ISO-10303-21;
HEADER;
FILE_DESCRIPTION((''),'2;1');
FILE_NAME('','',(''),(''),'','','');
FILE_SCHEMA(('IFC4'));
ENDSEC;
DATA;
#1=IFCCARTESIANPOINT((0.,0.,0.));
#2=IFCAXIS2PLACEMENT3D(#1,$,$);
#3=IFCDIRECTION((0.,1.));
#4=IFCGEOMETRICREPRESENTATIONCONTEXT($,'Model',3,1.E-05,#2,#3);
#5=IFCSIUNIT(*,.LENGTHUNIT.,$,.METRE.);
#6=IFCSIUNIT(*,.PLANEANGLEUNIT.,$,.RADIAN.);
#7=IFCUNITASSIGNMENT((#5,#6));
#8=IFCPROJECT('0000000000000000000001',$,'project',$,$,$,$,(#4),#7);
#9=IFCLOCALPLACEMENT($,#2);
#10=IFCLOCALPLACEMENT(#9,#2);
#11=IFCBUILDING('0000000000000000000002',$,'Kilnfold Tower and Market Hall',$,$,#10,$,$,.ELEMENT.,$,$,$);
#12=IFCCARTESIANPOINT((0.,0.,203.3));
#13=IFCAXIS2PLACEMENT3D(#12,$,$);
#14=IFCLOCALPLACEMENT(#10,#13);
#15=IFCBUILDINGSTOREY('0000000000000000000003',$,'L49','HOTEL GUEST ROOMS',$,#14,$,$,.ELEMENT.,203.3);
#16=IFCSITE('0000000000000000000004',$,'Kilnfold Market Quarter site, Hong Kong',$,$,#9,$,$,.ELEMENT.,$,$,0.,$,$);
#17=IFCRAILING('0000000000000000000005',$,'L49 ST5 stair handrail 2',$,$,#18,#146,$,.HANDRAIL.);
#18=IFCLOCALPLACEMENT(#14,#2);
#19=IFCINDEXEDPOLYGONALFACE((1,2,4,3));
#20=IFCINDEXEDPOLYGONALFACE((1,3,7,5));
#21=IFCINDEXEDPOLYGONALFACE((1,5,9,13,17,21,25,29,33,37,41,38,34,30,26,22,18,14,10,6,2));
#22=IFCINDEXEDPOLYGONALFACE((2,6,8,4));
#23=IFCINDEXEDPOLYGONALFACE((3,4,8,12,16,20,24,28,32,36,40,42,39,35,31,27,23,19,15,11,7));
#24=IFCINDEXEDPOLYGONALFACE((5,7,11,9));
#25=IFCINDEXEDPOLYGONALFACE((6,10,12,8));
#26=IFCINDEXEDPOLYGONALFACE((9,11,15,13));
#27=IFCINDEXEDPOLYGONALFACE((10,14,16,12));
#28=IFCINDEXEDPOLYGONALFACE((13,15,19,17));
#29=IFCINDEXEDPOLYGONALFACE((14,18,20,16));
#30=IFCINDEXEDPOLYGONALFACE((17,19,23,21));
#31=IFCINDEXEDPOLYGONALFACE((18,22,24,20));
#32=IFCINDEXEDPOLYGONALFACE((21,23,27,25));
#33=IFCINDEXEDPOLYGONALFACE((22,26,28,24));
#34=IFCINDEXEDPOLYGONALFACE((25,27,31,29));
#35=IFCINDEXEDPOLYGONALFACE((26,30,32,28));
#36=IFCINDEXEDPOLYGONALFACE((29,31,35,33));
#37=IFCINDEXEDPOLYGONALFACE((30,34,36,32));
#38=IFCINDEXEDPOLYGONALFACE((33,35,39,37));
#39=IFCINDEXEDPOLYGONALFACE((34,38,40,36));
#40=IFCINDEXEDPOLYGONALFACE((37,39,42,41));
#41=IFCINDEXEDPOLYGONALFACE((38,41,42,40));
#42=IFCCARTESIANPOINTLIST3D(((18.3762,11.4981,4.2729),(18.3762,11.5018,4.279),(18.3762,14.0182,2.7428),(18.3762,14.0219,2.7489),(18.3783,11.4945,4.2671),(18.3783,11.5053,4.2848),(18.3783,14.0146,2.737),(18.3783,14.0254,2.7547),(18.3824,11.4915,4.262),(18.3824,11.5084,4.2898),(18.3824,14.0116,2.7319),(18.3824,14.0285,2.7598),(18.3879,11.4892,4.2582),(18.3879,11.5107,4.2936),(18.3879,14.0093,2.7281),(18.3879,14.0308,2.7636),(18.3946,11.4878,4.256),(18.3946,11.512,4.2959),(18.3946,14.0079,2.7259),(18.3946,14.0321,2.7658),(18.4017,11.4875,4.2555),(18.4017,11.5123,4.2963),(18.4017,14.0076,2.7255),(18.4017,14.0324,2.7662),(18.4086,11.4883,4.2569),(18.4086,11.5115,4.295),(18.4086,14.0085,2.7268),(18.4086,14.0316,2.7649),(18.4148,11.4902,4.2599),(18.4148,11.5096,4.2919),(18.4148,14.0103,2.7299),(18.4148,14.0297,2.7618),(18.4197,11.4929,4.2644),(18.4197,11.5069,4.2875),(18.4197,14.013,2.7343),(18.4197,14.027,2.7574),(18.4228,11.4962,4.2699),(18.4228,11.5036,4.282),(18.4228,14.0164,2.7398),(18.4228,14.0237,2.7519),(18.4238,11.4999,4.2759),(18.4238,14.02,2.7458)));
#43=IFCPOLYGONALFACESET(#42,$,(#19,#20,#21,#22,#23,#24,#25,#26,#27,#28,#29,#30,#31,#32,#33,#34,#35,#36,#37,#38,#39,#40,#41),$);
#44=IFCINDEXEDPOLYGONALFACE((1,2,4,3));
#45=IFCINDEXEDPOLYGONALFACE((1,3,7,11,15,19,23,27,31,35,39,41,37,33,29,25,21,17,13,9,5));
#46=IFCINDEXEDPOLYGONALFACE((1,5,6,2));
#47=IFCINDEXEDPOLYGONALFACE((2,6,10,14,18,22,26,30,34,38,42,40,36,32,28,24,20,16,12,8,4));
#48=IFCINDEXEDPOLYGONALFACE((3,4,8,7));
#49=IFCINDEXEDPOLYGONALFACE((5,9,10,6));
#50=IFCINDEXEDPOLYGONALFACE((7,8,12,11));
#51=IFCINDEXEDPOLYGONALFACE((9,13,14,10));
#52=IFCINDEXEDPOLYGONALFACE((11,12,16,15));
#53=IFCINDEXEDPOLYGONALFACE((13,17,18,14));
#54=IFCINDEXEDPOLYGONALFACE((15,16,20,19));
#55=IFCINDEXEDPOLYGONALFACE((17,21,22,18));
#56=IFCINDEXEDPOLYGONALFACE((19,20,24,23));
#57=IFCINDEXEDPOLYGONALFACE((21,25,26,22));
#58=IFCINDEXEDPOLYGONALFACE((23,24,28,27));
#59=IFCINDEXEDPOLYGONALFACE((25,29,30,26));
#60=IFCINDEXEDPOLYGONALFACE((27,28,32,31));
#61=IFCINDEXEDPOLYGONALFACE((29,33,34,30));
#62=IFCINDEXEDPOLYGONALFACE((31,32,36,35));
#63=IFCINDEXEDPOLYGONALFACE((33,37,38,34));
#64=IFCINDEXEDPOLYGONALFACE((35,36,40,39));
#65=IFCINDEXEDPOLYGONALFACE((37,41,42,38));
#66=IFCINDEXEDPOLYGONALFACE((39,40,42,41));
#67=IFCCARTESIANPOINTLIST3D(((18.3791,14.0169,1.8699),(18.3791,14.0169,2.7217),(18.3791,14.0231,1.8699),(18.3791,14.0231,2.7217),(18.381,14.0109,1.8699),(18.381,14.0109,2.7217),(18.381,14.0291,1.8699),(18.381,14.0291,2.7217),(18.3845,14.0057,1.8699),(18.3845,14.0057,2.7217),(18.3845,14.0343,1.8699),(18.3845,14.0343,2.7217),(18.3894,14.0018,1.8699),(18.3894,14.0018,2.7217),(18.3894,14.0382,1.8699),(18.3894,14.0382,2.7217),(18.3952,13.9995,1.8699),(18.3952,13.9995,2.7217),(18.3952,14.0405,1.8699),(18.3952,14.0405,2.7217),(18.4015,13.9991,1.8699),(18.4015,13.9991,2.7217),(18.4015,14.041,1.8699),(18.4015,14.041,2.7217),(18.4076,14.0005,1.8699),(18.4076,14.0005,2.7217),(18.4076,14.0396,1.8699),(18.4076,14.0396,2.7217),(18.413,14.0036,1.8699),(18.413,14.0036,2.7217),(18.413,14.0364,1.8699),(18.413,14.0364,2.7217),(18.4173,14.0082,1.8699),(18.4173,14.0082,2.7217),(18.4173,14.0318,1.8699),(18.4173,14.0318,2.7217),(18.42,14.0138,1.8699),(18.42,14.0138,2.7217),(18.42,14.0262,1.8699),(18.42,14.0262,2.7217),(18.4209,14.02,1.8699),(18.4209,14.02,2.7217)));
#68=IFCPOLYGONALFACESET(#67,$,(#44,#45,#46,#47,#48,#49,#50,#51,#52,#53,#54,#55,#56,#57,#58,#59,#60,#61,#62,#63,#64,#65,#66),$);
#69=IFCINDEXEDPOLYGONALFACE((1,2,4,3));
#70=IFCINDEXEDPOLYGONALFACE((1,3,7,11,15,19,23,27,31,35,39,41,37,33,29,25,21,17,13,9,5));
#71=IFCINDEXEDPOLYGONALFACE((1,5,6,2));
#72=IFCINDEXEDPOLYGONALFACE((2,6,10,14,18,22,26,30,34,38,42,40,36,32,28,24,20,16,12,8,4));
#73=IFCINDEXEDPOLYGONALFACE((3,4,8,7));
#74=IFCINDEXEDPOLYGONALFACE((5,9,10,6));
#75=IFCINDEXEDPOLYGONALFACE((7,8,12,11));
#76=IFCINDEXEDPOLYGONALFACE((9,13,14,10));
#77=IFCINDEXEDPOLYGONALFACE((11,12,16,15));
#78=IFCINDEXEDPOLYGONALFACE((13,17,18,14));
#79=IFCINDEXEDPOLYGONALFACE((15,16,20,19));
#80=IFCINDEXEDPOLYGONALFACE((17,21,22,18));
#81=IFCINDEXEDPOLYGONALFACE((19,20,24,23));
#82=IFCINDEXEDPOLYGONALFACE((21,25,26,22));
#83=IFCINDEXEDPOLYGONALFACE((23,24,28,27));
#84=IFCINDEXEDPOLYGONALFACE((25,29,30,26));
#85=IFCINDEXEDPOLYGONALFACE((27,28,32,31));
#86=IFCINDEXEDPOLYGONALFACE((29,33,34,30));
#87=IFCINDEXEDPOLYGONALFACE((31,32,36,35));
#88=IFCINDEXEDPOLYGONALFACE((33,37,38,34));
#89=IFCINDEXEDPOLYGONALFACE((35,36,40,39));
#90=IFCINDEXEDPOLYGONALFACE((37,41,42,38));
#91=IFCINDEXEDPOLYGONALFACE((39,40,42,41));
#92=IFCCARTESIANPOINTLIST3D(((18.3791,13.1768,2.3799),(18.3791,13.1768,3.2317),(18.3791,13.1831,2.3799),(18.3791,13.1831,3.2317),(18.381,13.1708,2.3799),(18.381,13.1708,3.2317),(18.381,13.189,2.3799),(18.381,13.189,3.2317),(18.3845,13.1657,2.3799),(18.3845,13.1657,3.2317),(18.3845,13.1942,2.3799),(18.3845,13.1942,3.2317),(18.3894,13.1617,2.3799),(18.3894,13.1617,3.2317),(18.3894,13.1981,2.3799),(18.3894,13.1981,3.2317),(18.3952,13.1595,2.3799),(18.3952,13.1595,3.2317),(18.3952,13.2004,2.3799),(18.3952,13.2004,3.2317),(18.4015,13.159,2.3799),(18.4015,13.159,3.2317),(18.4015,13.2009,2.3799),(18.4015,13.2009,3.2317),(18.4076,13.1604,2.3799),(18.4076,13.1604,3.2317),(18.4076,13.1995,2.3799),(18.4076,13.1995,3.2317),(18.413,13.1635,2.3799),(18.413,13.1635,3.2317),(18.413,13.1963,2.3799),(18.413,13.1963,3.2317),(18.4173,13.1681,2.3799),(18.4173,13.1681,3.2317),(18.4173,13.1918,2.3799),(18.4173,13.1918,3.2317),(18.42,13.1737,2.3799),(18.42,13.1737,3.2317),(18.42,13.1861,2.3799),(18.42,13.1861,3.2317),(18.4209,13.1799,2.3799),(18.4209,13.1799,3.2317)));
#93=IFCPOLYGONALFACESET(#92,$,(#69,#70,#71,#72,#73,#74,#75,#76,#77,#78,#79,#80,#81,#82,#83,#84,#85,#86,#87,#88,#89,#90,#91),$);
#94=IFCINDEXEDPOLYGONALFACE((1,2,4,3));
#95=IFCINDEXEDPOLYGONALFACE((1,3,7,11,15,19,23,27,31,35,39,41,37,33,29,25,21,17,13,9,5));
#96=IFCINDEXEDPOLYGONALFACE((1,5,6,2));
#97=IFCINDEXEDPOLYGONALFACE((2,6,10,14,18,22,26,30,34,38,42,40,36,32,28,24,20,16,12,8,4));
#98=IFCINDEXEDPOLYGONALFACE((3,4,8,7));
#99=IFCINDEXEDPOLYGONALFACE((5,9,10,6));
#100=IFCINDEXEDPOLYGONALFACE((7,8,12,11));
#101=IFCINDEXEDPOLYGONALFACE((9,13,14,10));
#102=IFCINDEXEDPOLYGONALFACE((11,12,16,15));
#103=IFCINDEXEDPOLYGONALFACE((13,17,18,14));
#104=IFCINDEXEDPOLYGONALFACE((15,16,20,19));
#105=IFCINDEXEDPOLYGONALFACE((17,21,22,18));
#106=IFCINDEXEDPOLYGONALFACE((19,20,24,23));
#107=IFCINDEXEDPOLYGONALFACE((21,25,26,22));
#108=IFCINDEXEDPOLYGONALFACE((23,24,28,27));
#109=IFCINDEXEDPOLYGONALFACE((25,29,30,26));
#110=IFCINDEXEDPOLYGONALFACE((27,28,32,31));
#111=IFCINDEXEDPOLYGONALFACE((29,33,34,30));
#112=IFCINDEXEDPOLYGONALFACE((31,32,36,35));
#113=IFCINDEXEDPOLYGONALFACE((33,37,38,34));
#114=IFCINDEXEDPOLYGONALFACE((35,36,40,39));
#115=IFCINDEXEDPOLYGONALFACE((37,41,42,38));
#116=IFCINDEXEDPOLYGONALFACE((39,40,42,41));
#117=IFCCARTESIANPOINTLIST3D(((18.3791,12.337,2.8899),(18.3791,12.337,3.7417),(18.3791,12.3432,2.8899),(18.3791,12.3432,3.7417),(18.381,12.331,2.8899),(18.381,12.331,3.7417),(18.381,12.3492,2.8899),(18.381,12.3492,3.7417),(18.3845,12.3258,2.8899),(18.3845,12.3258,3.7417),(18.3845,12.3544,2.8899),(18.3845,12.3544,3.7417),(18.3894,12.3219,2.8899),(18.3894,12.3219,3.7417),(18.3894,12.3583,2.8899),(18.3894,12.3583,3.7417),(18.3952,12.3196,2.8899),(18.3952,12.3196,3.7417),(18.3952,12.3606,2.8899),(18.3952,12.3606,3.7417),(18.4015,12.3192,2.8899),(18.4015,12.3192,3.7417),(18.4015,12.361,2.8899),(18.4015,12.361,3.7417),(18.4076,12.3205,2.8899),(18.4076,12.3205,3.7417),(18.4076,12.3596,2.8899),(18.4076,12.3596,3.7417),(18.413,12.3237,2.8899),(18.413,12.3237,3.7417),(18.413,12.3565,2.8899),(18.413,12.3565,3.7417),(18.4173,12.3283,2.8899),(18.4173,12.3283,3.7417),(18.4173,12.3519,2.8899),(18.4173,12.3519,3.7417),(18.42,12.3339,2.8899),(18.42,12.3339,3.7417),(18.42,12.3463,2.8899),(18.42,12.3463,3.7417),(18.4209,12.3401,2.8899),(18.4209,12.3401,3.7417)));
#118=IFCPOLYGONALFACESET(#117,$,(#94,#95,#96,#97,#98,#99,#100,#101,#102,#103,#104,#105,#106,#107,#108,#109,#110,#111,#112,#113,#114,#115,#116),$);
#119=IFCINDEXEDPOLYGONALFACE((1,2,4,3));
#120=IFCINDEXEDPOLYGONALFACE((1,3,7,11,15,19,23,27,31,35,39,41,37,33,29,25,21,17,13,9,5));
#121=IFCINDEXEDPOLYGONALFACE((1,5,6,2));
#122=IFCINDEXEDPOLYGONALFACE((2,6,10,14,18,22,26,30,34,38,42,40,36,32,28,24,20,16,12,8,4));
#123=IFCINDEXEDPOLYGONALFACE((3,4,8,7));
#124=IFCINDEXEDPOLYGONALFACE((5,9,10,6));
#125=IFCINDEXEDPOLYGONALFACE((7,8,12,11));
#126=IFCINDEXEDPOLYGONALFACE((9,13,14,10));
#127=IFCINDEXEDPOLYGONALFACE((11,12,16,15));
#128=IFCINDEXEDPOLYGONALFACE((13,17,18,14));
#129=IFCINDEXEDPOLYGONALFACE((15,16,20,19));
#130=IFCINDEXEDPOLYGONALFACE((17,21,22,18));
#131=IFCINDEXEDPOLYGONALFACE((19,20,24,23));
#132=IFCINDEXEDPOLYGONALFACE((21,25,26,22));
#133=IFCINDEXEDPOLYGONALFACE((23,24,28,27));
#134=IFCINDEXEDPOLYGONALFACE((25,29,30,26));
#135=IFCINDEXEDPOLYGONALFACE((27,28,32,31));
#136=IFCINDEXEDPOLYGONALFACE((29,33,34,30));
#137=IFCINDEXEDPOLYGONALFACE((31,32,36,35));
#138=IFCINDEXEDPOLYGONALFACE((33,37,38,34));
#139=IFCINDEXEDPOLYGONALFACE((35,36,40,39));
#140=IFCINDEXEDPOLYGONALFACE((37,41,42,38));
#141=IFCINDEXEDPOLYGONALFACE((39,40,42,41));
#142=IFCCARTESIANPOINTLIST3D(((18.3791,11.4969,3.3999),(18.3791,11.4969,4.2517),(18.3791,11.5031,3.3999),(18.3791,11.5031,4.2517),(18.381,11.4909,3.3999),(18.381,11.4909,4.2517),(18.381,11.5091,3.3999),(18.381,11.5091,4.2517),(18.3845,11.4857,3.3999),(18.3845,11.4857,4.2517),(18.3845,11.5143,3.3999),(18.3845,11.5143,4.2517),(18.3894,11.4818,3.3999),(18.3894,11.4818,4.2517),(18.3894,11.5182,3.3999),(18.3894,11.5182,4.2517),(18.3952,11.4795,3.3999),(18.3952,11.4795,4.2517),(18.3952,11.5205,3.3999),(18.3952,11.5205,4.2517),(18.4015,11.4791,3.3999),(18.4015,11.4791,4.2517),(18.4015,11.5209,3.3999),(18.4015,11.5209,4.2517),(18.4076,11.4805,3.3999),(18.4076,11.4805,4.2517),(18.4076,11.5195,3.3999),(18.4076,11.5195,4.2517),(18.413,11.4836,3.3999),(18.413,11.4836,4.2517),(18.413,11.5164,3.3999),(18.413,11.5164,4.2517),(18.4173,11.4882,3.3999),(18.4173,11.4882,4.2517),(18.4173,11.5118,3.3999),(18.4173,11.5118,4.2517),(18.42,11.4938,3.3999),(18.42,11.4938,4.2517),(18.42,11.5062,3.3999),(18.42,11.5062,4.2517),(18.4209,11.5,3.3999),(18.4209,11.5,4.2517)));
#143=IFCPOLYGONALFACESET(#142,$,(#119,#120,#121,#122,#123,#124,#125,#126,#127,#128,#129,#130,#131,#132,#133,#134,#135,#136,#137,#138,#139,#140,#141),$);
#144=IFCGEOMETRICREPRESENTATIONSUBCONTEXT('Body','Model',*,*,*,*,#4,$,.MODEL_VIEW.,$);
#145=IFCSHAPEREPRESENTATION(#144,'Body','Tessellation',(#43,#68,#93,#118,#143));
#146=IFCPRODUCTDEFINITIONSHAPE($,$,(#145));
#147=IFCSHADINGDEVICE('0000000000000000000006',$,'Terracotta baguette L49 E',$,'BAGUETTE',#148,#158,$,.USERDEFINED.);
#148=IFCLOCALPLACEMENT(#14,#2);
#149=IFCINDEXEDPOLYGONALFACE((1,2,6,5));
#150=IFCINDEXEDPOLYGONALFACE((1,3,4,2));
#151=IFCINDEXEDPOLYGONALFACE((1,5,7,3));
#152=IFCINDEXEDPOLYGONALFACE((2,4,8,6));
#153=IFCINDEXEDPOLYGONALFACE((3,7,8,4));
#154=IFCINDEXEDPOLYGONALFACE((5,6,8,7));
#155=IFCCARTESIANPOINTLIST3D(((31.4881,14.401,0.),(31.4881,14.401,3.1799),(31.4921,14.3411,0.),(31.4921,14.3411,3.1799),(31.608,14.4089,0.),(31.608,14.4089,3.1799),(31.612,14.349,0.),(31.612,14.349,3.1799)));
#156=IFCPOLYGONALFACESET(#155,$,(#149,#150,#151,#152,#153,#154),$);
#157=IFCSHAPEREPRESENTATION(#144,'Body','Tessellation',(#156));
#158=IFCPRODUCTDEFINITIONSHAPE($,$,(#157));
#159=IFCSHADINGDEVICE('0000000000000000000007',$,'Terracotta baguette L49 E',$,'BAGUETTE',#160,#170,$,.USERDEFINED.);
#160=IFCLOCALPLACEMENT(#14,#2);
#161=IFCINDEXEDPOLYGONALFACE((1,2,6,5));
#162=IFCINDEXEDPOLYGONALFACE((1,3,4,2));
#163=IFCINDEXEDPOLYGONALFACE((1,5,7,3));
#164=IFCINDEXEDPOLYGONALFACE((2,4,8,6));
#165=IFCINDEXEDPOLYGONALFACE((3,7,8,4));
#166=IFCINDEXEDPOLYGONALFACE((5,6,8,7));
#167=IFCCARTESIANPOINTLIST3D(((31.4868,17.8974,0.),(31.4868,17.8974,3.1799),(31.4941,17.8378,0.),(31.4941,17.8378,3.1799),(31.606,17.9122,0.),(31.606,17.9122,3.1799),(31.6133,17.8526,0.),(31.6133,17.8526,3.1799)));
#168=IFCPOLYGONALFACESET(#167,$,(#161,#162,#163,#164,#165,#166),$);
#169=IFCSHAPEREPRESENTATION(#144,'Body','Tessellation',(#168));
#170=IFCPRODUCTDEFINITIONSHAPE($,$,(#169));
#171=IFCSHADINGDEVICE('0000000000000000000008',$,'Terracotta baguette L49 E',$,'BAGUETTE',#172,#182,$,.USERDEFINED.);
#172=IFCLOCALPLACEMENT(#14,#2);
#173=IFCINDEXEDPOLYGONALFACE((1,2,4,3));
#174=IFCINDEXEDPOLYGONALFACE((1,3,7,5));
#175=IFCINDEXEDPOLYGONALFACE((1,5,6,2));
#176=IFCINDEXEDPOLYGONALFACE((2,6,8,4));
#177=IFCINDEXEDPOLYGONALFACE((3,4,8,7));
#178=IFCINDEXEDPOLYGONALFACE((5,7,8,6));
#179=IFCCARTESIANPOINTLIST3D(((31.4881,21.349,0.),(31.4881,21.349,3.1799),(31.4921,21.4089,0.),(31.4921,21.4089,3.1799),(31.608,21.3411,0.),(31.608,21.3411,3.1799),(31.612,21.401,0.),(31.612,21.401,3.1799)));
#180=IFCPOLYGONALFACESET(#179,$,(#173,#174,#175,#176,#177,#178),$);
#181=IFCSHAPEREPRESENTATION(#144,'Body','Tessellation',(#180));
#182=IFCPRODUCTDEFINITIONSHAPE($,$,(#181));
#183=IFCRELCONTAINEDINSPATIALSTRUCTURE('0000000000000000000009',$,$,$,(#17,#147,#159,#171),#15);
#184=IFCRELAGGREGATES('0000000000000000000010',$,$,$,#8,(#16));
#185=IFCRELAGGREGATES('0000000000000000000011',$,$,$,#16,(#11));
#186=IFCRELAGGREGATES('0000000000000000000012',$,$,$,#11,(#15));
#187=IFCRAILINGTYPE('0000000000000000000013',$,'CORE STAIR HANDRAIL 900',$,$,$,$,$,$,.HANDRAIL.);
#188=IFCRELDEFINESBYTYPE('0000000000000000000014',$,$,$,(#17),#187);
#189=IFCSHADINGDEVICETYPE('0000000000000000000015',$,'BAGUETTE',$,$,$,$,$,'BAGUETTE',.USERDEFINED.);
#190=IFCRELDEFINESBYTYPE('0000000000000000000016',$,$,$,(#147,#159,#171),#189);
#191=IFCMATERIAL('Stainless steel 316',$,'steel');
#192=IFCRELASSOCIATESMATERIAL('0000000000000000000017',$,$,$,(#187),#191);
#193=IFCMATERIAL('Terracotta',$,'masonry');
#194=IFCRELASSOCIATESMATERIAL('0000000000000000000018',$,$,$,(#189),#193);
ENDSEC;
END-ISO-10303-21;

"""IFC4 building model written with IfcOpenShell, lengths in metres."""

from ifc_helpers import new_model, si_unit, direction, frame, origin, origin_2d, place, context, subcontext, project, spatial, rectangle, circle, extrude, source, transform, mapped, material, material_profile, profile_set, type_object, element, save


model = new_model("IFC4")

# Units and contexts
model_context = context("Model", 3, precision=1e-05, world=origin(), true_north=direction((0.0, 1.0)))
body_context = subcontext(model_context, "Body", "Model", "MODEL_VIEW")
ifc_project = project(units=[si_unit("LENGTHUNIT", "METRE"), si_unit("PLANEANGLEUNIT", "RADIAN")], contexts=[model_context])

# Site, building, storey
site_placement = place(None, origin())
site = spatial("IfcSite", under=ifc_project, at=site_placement, Name="Kilnfold Market Quarter site, Hong Kong", CompositionType="ELEMENT", RefElevation=0.0)
building_placement = place(site_placement, origin())
building = spatial("IfcBuilding", under=site, at=building_placement, Name="Kilnfold Tower and Market Hall", CompositionType="ELEMENT")
storey_placement = place(building_placement, frame((0.0, 0.0, 203.3)))
storey = spatial("IfcBuildingStorey", under=building, at=storey_placement, Name="L49", Description="HOTEL GUEST ROOMS", CompositionType="ELEMENT", Elevation=203.3)

# Railing
ifc_material_1 = material(Name="Stainless steel 316", Category="steel")
railing_type = type_object("IfcRailingType", Name="CORE STAIR HANDRAIL 900", PredefinedType="HANDRAIL", material=ifc_material_1)
railing_placement = place(storey_placement, frame((18.3999, 14.02, 1.8699)))
element("IfcRailing", 1, at=railing_placement, inside=storey, type_object=railing_type, Name="L49 ST5 stair handrail 2", PredefinedType="HANDRAIL", context=body_context, shape_type="SweptSolid", body=[
    extrude(circle(Radius=0.0239, at=origin_2d()), frame((0.0, 0.0, 0.876), z_axis=(0.0, -0.854785, 0.518982), x_axis=(1.0, 0.0, 0.0)), (0.0, 0.0, 1.0), 2.9482),
    extrude(circle(Radius=0.021, at=origin_2d()), origin(), (0.0, 0.0, 1.0), 0.8518),
    extrude(circle(Radius=0.021, at=origin_2d()), frame((0.0, -0.8401, 0.51)), (0.0, 0.0, 1.0), 0.8518),
    extrude(circle(Radius=0.021, at=origin_2d()), frame((0.0, -1.6799, 1.02)), (0.0, 0.0, 1.0), 0.8518),
    extrude(circle(Radius=0.021, at=origin_2d()), frame((0.0, -2.52, 1.53)), (0.0, 0.0, 1.0), 0.8518),
])

# Shading devices
ifc_material_2 = material(Name="Terracotta", Category="masonry")
ifc_material_profile_1 = material_profile(ifc_material_2, rectangle(XDim=0.0601, YDim=0.1201, at=origin_2d()), Name="BAG 60x120")
ifc_profile_set_1 = profile_set([ifc_material_profile_1], Name="Terracotta")
shading_device_type = type_object("IfcShadingDeviceType", Name="BAGUETTE", ElementType="BAGUETTE", PredefinedType="USERDEFINED", material=ifc_profile_set_1)
shared_shape_1 = source(origin(), body_context, "Body", "SweptSolid", [
    extrude(rectangle(XDim=0.0601, YDim=0.1201, at=origin_2d()), origin(), (0.0, 0.0, 1.0), 3.1799),
])
for number, where, z_axis, x_axis, name in (
    (2, (31.55, 14.375, 0.0), (0.0, 0.0, 1.0), (-0.065938, 0.997824, 0.0), "Terracotta baguette L49 E"),
    (3, (31.55, 17.875, 0.0), (0.0, 0.0, 1.0), (-0.122741, 0.992439, 0.0), "Terracotta baguette L49 E"),
    (4, (31.55, 21.375, 0.0), (0.0, 0.0, 1.0), (0.065938, 0.997824, 0.0), "Terracotta baguette L49 E"),
):
    element("IfcShadingDevice", number, at=place(storey_placement, frame(where, z_axis=z_axis, x_axis=x_axis)), inside=storey, type_object=shading_device_type, Name=name, ObjectType="BAGUETTE", PredefinedType="USERDEFINED", context=body_context, shape_type="MappedRepresentation", body=[
        mapped(shared_shape_1, transform((0.0, 0.0, 0.0))),
    ])

save(model, "model.ifc")
